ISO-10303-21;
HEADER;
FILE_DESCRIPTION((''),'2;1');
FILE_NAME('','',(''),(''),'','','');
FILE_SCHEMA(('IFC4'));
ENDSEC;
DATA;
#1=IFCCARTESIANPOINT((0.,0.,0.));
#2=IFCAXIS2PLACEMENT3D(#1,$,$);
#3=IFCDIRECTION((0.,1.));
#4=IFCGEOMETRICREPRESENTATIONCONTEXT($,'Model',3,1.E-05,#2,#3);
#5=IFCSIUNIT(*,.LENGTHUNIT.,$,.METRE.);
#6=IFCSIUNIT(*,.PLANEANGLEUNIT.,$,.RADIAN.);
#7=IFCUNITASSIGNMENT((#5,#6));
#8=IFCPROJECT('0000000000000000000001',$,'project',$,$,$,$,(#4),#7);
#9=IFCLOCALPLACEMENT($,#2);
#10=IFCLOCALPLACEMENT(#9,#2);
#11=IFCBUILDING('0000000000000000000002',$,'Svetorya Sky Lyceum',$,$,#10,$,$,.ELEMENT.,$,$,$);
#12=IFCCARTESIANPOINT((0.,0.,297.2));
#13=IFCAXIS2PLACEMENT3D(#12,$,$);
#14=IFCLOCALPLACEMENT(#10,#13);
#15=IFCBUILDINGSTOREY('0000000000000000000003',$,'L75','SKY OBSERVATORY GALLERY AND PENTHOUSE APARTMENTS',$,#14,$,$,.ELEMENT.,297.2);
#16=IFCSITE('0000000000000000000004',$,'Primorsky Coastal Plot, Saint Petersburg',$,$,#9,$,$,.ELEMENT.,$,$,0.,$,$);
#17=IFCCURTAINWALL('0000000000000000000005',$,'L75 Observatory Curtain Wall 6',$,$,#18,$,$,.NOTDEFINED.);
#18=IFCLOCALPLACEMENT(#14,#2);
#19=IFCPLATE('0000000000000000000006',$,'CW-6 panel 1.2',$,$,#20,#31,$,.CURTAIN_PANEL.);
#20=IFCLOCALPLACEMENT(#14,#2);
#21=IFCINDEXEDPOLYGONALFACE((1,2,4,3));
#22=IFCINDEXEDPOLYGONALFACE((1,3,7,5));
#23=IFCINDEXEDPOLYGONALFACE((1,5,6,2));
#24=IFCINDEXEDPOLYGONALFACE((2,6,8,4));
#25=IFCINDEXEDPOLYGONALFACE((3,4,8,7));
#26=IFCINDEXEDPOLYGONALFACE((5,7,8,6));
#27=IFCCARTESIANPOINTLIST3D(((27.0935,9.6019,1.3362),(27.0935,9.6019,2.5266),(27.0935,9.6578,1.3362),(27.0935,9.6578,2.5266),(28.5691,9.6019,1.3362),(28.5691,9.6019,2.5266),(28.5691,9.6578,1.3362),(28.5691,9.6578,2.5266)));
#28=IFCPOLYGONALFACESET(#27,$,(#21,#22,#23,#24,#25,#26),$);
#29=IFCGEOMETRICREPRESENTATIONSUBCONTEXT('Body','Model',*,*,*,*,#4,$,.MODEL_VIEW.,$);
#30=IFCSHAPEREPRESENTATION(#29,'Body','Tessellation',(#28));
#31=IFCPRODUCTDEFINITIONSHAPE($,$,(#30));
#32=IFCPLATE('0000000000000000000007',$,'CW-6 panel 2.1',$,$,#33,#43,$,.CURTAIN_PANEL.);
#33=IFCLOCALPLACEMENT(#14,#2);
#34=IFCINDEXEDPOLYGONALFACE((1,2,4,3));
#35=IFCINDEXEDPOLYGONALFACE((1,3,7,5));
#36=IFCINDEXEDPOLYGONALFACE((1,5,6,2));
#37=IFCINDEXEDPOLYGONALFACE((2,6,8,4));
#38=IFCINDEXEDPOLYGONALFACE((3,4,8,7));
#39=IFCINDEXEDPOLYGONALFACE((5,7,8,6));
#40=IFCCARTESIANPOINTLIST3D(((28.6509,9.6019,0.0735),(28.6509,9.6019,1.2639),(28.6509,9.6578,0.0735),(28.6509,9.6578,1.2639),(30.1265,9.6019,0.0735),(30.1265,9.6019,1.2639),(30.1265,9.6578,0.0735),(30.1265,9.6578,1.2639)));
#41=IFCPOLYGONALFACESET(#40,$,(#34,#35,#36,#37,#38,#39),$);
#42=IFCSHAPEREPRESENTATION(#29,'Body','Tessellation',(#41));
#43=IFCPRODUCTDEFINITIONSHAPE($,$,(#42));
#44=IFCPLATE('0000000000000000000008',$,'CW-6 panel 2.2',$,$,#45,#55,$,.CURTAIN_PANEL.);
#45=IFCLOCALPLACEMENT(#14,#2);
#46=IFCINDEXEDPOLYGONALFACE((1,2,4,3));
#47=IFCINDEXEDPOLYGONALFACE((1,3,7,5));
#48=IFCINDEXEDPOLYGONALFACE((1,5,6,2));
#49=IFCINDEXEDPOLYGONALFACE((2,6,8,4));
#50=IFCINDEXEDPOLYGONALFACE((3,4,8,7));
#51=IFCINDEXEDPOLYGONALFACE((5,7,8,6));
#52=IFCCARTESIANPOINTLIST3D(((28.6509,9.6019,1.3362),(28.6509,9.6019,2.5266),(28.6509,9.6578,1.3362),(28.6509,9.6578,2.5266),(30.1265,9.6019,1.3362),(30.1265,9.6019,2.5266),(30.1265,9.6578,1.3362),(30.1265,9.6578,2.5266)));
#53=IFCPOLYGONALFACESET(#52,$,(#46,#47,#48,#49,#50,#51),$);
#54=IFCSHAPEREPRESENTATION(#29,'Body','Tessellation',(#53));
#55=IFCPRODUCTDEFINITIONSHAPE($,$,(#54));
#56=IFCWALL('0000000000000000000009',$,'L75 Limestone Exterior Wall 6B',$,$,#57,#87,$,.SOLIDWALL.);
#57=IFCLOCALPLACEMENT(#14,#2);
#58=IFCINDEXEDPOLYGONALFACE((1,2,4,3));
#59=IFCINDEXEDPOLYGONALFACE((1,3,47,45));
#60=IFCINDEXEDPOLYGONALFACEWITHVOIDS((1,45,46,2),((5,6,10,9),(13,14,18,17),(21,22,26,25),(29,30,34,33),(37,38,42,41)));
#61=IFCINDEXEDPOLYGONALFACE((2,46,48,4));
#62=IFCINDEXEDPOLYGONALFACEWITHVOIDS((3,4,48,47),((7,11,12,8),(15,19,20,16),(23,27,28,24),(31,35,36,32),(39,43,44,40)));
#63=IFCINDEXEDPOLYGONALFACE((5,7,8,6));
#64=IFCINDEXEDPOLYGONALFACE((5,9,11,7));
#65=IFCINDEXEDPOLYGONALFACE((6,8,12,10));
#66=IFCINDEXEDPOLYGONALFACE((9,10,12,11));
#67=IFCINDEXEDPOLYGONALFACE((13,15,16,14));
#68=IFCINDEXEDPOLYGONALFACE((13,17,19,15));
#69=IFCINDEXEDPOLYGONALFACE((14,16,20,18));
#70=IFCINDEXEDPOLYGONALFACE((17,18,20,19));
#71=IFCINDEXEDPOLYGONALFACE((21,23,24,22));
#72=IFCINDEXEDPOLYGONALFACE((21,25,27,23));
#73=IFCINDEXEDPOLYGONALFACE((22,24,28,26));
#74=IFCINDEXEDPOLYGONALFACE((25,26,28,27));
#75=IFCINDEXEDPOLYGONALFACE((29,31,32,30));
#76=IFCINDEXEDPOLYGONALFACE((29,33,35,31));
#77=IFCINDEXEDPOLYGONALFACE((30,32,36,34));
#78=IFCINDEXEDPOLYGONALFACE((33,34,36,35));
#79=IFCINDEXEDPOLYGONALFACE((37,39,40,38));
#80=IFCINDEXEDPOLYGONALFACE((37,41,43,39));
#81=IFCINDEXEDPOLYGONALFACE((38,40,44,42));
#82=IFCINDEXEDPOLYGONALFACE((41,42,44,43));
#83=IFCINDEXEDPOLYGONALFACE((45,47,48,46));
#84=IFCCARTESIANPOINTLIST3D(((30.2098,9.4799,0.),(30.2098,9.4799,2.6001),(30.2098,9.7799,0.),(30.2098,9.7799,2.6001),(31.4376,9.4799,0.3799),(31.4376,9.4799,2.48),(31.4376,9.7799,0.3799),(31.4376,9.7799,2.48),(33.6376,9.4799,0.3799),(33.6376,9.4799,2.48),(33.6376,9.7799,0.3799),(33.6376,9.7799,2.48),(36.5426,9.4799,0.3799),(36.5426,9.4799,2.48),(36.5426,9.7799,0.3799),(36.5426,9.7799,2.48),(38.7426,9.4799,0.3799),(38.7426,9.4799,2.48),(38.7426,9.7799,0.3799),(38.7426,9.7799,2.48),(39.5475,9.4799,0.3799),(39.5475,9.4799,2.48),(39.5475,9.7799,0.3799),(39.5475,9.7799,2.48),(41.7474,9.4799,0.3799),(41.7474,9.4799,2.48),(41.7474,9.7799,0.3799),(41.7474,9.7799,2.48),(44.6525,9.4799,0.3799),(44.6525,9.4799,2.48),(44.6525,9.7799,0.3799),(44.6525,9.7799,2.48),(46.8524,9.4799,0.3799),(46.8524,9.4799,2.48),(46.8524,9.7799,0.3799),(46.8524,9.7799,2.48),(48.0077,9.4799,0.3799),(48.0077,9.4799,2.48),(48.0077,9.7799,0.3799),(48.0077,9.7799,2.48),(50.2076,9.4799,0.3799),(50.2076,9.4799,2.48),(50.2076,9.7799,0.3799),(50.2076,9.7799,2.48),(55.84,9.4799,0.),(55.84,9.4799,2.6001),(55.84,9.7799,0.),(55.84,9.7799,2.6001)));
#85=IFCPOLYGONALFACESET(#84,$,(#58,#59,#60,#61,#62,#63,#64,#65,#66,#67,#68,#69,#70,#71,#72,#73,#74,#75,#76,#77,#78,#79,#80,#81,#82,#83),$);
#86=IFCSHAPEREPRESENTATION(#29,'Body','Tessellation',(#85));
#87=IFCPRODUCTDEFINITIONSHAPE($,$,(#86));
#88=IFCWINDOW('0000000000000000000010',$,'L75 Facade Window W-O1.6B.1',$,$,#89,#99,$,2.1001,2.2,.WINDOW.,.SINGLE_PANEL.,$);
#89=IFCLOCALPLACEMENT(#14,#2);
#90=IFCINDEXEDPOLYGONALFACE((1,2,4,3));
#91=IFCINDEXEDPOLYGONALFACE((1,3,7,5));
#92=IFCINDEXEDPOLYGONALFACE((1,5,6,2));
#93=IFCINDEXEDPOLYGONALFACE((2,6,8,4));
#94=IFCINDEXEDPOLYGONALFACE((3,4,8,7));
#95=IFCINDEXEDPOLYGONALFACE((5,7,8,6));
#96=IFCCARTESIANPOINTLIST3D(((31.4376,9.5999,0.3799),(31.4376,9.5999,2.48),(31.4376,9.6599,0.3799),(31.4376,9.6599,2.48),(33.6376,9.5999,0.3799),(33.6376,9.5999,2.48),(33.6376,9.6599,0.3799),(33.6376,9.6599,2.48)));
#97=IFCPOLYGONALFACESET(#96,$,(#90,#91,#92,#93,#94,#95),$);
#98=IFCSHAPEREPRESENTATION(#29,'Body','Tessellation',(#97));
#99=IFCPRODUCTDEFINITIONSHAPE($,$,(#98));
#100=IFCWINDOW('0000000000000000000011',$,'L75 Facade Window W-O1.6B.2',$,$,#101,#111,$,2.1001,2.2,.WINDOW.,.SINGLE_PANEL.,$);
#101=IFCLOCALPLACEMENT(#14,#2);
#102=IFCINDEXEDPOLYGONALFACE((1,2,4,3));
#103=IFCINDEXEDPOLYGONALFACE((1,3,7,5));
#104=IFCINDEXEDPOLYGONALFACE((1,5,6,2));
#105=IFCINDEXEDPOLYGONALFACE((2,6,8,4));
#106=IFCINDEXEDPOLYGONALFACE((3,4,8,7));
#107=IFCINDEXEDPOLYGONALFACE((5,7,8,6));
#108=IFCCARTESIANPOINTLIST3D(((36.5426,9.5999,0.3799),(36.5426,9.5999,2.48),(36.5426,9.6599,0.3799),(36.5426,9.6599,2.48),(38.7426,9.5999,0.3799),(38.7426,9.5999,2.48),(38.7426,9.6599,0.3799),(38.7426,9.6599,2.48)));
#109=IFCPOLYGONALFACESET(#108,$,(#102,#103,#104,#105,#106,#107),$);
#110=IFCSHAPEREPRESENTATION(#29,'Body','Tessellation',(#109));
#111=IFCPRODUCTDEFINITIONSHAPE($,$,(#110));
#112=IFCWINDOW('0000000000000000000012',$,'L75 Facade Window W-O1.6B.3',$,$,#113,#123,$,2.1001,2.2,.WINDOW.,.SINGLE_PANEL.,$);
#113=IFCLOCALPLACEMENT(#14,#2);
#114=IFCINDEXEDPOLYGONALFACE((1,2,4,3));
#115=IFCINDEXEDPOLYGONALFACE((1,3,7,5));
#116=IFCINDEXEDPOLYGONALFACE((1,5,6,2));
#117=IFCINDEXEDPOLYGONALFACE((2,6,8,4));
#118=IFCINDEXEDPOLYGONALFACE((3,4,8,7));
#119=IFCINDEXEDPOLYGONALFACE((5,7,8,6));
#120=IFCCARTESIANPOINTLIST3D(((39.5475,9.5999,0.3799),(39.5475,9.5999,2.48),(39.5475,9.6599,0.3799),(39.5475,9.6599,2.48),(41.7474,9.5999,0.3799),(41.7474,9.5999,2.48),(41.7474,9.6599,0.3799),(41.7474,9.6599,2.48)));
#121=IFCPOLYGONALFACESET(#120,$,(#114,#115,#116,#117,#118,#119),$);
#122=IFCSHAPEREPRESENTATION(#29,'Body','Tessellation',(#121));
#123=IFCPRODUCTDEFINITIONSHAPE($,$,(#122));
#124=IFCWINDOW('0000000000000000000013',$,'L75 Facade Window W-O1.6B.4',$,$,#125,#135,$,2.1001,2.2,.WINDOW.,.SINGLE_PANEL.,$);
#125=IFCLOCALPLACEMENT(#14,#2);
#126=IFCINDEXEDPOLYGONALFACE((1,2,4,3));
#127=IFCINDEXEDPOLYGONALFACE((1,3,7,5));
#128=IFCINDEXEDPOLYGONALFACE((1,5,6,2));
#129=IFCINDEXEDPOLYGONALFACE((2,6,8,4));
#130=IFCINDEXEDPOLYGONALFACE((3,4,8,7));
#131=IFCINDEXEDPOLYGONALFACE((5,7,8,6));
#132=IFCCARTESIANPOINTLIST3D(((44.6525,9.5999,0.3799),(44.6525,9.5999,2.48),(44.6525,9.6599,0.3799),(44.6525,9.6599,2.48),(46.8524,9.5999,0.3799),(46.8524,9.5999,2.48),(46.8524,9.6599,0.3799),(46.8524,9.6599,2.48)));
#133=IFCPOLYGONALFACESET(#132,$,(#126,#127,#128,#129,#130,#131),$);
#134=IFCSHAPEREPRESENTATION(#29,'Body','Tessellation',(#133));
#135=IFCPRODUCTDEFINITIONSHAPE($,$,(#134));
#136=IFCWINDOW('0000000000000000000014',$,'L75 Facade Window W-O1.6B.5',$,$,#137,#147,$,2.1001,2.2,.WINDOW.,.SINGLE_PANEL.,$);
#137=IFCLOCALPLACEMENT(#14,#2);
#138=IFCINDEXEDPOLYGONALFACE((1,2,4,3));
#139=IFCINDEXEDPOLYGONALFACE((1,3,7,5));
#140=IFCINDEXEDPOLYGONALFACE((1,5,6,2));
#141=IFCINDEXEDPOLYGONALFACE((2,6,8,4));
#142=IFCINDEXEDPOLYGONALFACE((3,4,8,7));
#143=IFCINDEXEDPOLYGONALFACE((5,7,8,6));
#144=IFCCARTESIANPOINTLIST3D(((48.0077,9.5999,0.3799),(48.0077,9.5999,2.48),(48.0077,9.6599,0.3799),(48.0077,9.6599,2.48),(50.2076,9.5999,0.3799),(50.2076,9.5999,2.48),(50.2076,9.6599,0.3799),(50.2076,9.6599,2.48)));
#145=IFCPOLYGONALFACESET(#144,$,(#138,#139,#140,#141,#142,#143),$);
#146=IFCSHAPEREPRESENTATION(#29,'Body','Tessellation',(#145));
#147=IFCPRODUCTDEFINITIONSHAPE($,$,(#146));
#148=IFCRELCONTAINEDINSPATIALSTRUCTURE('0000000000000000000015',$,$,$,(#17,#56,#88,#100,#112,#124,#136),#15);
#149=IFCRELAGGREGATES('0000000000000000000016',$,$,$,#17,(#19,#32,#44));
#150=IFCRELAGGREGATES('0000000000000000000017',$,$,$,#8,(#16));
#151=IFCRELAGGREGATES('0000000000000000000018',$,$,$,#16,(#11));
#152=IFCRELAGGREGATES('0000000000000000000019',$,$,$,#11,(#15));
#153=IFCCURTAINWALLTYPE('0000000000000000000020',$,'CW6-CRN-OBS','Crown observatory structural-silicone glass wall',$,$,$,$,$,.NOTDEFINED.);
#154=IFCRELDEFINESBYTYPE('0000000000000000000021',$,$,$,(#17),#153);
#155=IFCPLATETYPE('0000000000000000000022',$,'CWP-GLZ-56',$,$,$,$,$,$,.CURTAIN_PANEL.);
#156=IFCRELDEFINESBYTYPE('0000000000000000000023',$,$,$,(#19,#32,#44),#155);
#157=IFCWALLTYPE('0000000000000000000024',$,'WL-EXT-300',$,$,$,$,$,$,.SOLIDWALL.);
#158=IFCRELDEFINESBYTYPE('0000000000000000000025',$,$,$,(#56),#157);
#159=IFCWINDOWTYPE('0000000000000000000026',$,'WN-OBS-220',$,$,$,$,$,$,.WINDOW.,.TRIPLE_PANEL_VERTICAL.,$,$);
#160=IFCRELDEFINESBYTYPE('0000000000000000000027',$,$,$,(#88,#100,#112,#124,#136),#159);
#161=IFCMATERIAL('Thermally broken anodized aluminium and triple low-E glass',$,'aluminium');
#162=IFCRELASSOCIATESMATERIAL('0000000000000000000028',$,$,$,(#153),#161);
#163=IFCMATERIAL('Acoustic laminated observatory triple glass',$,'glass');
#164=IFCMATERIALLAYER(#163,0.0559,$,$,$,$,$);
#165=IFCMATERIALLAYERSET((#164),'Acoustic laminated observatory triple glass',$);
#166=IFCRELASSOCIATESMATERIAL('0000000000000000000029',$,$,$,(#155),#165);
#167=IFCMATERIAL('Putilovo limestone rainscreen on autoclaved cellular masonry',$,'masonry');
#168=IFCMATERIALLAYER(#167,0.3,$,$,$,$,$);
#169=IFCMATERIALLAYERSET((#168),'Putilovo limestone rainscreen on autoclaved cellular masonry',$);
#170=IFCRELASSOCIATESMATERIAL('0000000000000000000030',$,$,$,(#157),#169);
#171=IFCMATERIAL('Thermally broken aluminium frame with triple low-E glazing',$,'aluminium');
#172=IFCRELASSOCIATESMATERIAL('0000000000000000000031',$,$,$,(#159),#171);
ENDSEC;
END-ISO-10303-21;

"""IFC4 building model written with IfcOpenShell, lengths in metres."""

from ifc_helpers import new_model, si_unit, direction, frame, frame_2d, origin, origin_2d, place, context, subcontext, project, spatial, rectangle, extrude, material, layer, layer_set, type_object, element, fill, aggregate, save


model = new_model("IFC4")

# Units and contexts
model_context = context("Model", 3, precision=1e-05, world=origin(), true_north=direction((0.0, 1.0)))
body_context = subcontext(model_context, "Body", "Model", "MODEL_VIEW")
ifc_project = project(units=[si_unit("LENGTHUNIT", "METRE"), si_unit("PLANEANGLEUNIT", "RADIAN")], contexts=[model_context])

# Site, building, storey
site_placement = place(None, origin())
site = spatial("IfcSite", under=ifc_project, at=site_placement, Name="Primorsky Coastal Plot, Saint Petersburg", CompositionType="ELEMENT", RefElevation=0.0)
building_placement = place(site_placement, origin())
building = spatial("IfcBuilding", under=site, at=building_placement, Name="Svetorya Sky Lyceum", CompositionType="ELEMENT")
storey_placement = place(building_placement, frame((0.0, 0.0, 297.2)))
storey = spatial("IfcBuildingStorey", under=building, at=storey_placement, Name="L75", Description="SKY OBSERVATORY GALLERY AND PENTHOUSE APARTMENTS", CompositionType="ELEMENT", Elevation=297.2)

# Curtain wall, plates
ifc_material_1 = material(Name="Thermally broken anodized aluminium and triple low-E glass", Category="aluminium")
curtain_wall_type = type_object("IfcCurtainWallType", Name="CW6-CRN-OBS", Description="Crown observatory structural-silicone glass wall", PredefinedType="NOTDEFINED", material=ifc_material_1)
curtain_wall_placement = place(storey_placement, origin())
curtain_wall = element("IfcCurtainWall", 1, at=curtain_wall_placement, inside=storey, type_object=curtain_wall_type, Name="L75 Observatory Curtain Wall 6", PredefinedType="NOTDEFINED")
ifc_material_2 = material(Name="Acoustic laminated observatory triple glass", Category="glass")
ifc_layer_1 = layer(ifc_material_2, 0.0559)
ifc_layer_set_1 = layer_set([ifc_layer_1], Name="Acoustic laminated observatory triple glass")
plate_type = type_object("IfcPlateType", Name="CWP-GLZ-56", PredefinedType="CURTAIN_PANEL", material=ifc_layer_set_1)
plate_1_placement = place(storey_placement, frame((27.8313, 9.6299, 1.3362), z_axis=(0.0, 0.0, 1.0), x_axis=(1.0, 0.0, 0.0)))
plate_1 = element("IfcPlate", 2, at=plate_1_placement, type_object=plate_type, Name="CW-6 panel 1.2", PredefinedType="CURTAIN_PANEL", context=body_context, shape_type="SweptSolid", body=[
    extrude(rectangle(XDim=1.4756, YDim=0.0559, at=origin_2d()), origin(), (0.0, 0.0, 1.0), 1.1904),
])
plate_2_placement = place(storey_placement, frame((29.3887, 9.6299, 0.0735), z_axis=(0.0, 0.0, 1.0), x_axis=(1.0, 0.0, 0.0)))
plate_2 = element("IfcPlate", 3, at=plate_2_placement, type_object=plate_type, Name="CW-6 panel 2.1", PredefinedType="CURTAIN_PANEL", context=body_context, shape_type="SweptSolid", body=[
    extrude(rectangle(XDim=1.4756, YDim=0.0559, at=origin_2d()), origin(), (0.0, 0.0, 1.0), 1.1904),
])
plate_3_placement = place(storey_placement, frame((29.3887, 9.6299, 1.3362), z_axis=(0.0, 0.0, 1.0), x_axis=(1.0, 0.0, 0.0)))
plate_3 = element("IfcPlate", 4, at=plate_3_placement, type_object=plate_type, Name="CW-6 panel 2.2", PredefinedType="CURTAIN_PANEL", context=body_context, shape_type="SweptSolid", body=[
    extrude(rectangle(XDim=1.4756, YDim=0.0559, at=origin_2d()), origin(), (0.0, 0.0, 1.0), 1.1904),
])
aggregate(curtain_wall, [plate_1, plate_2, plate_3])

# Wall, openings, windows
ifc_material_3 = material(Name="Putilovo limestone rainscreen on autoclaved cellular masonry", Category="masonry")
ifc_layer_2 = layer(ifc_material_3, 0.3)
ifc_layer_set_2 = layer_set([ifc_layer_2], Name="Putilovo limestone rainscreen on autoclaved cellular masonry")
wall_type = type_object("IfcWallType", Name="WL-EXT-300", PredefinedType="SOLIDWALL", material=ifc_layer_set_2)
wall_placement = place(storey_placement, frame((30.21, 9.6299, 0.0), z_axis=(0.0, 0.0, 1.0), x_axis=(1.0, 0.0, 0.0)))
wall = element("IfcWall", 5, at=wall_placement, inside=storey, type_object=wall_type, Name="L75 Limestone Exterior Wall 6B", PredefinedType="SOLIDWALL", context=body_context, shape_type="SweptSolid", body=[
    extrude(rectangle(XDim=25.6301, YDim=0.3, at=frame_2d((12.8149, 0.0))), origin(), (0.0, 0.0, 1.0), 2.6001),
])
opening_1_placement = place(wall_placement, frame((1.2275, 0.0, 0.3799)))
opening_1 = element("IfcOpeningElement", 6, at=opening_1_placement, cuts=wall, PredefinedType="OPENING", context=body_context, shape_type="SweptSolid", body=[
    extrude(rectangle(XDim=2.2, YDim=2.1001, at=frame_2d((1.1001, 1.05))), frame((0.0, 0.1599, 0.0), z_axis=(0.0, -1.0, 0.0), x_axis=(1.0, 0.0, 0.0)), (0.0, 0.0, 1.0), 0.3201),
])
opening_2_placement = place(wall_placement, frame((6.3325, 0.0, 0.3799)))
opening_2 = element("IfcOpeningElement", 7, at=opening_2_placement, cuts=wall, PredefinedType="OPENING", context=body_context, shape_type="SweptSolid", body=[
    extrude(rectangle(XDim=2.2, YDim=2.1001, at=frame_2d((1.1001, 1.05))), frame((0.0, 0.1599, 0.0), z_axis=(0.0, -1.0, 0.0), x_axis=(1.0, 0.0, 0.0)), (0.0, 0.0, 1.0), 0.3201),
])
opening_3_placement = place(wall_placement, frame((9.3374, 0.0, 0.3799)))
opening_3 = element("IfcOpeningElement", 8, at=opening_3_placement, cuts=wall, PredefinedType="OPENING", context=body_context, shape_type="SweptSolid", body=[
    extrude(rectangle(XDim=2.2, YDim=2.1001, at=frame_2d((1.1001, 1.05))), frame((0.0, 0.1599, 0.0), z_axis=(0.0, -1.0, 0.0), x_axis=(1.0, 0.0, 0.0)), (0.0, 0.0, 1.0), 0.3201),
])
opening_4_placement = place(wall_placement, frame((14.4424, 0.0, 0.3799)))
opening_4 = element("IfcOpeningElement", 9, at=opening_4_placement, cuts=wall, PredefinedType="OPENING", context=body_context, shape_type="SweptSolid", body=[
    extrude(rectangle(XDim=2.2, YDim=2.1001, at=frame_2d((1.1001, 1.05))), frame((0.0, 0.1599, 0.0), z_axis=(0.0, -1.0, 0.0), x_axis=(1.0, 0.0, 0.0)), (0.0, 0.0, 1.0), 0.3201),
])
opening_5_placement = place(wall_placement, frame((17.7976, 0.0, 0.3799)))
opening_5 = element("IfcOpeningElement", 10, at=opening_5_placement, cuts=wall, PredefinedType="OPENING", context=body_context, shape_type="SweptSolid", body=[
    extrude(rectangle(XDim=2.2, YDim=2.1001, at=frame_2d((1.1001, 1.05))), frame((0.0, 0.1599, 0.0), z_axis=(0.0, -1.0, 0.0), x_axis=(1.0, 0.0, 0.0)), (0.0, 0.0, 1.0), 0.3201),
])
ifc_material_4 = material(Name="Thermally broken aluminium frame with triple low-E glazing", Category="aluminium")
window_type = type_object("IfcWindowType", Name="WN-OBS-220", PartitioningType="TRIPLE_PANEL_VERTICAL", PredefinedType="WINDOW", material=ifc_material_4)
window_1_placement = place(opening_1_placement, origin())
window_1 = element("IfcWindow", 11, at=window_1_placement, inside=storey, type_object=window_type, Name="L75 Facade Window W-O1.6B.1", OverallHeight=2.1001, OverallWidth=2.2, PartitioningType="SINGLE_PANEL", PredefinedType="WINDOW", context=body_context, shape_type="SweptSolid", body=[
    extrude(rectangle(XDim=2.2, YDim=2.1001, at=frame_2d((1.1001, 1.05))), frame((0.0, 0.03, 0.0), z_axis=(0.0, -1.0, 0.0), x_axis=(1.0, 0.0, 0.0)), (0.0, 0.0, 1.0), 0.0601),
])
fill(opening_1, window_1)
window_2_placement = place(opening_2_placement, origin())
window_2 = element("IfcWindow", 12, at=window_2_placement, inside=storey, type_object=window_type, Name="L75 Facade Window W-O1.6B.2", OverallHeight=2.1001, OverallWidth=2.2, PartitioningType="SINGLE_PANEL", PredefinedType="WINDOW", context=body_context, shape_type="SweptSolid", body=[
    extrude(rectangle(XDim=2.2, YDim=2.1001, at=frame_2d((1.1001, 1.05))), frame((0.0, 0.03, 0.0), z_axis=(0.0, -1.0, 0.0), x_axis=(1.0, 0.0, 0.0)), (0.0, 0.0, 1.0), 0.0601),
])
fill(opening_2, window_2)
window_3_placement = place(opening_3_placement, origin())
window_3 = element("IfcWindow", 13, at=window_3_placement, inside=storey, type_object=window_type, Name="L75 Facade Window W-O1.6B.3", OverallHeight=2.1001, OverallWidth=2.2, PartitioningType="SINGLE_PANEL", PredefinedType="WINDOW", context=body_context, shape_type="SweptSolid", body=[
    extrude(rectangle(XDim=2.2, YDim=2.1001, at=frame_2d((1.1001, 1.05))), frame((0.0, 0.03, 0.0), z_axis=(0.0, -1.0, 0.0), x_axis=(1.0, 0.0, 0.0)), (0.0, 0.0, 1.0), 0.0601),
])
fill(opening_3, window_3)
window_4_placement = place(opening_4_placement, origin())
window_4 = element("IfcWindow", 14, at=window_4_placement, inside=storey, type_object=window_type, Name="L75 Facade Window W-O1.6B.4", OverallHeight=2.1001, OverallWidth=2.2, PartitioningType="SINGLE_PANEL", PredefinedType="WINDOW", context=body_context, shape_type="SweptSolid", body=[
    extrude(rectangle(XDim=2.2, YDim=2.1001, at=frame_2d((1.1001, 1.05))), frame((0.0, 0.03, 0.0), z_axis=(0.0, -1.0, 0.0), x_axis=(1.0, 0.0, 0.0)), (0.0, 0.0, 1.0), 0.0601),
])
fill(opening_4, window_4)
window_5_placement = place(opening_5_placement, origin())
window_5 = element("IfcWindow", 15, at=window_5_placement, inside=storey, type_object=window_type, Name="L75 Facade Window W-O1.6B.5", OverallHeight=2.1001, OverallWidth=2.2, PartitioningType="SINGLE_PANEL", PredefinedType="WINDOW", context=body_context, shape_type="SweptSolid", body=[
    extrude(rectangle(XDim=2.2, YDim=2.1001, at=frame_2d((1.1001, 1.05))), frame((0.0, 0.03, 0.0), z_axis=(0.0, -1.0, 0.0), x_axis=(1.0, 0.0, 0.0)), (0.0, 0.0, 1.0), 0.0601),
])
fill(opening_5, window_5)

save(model, "model.ifc")
